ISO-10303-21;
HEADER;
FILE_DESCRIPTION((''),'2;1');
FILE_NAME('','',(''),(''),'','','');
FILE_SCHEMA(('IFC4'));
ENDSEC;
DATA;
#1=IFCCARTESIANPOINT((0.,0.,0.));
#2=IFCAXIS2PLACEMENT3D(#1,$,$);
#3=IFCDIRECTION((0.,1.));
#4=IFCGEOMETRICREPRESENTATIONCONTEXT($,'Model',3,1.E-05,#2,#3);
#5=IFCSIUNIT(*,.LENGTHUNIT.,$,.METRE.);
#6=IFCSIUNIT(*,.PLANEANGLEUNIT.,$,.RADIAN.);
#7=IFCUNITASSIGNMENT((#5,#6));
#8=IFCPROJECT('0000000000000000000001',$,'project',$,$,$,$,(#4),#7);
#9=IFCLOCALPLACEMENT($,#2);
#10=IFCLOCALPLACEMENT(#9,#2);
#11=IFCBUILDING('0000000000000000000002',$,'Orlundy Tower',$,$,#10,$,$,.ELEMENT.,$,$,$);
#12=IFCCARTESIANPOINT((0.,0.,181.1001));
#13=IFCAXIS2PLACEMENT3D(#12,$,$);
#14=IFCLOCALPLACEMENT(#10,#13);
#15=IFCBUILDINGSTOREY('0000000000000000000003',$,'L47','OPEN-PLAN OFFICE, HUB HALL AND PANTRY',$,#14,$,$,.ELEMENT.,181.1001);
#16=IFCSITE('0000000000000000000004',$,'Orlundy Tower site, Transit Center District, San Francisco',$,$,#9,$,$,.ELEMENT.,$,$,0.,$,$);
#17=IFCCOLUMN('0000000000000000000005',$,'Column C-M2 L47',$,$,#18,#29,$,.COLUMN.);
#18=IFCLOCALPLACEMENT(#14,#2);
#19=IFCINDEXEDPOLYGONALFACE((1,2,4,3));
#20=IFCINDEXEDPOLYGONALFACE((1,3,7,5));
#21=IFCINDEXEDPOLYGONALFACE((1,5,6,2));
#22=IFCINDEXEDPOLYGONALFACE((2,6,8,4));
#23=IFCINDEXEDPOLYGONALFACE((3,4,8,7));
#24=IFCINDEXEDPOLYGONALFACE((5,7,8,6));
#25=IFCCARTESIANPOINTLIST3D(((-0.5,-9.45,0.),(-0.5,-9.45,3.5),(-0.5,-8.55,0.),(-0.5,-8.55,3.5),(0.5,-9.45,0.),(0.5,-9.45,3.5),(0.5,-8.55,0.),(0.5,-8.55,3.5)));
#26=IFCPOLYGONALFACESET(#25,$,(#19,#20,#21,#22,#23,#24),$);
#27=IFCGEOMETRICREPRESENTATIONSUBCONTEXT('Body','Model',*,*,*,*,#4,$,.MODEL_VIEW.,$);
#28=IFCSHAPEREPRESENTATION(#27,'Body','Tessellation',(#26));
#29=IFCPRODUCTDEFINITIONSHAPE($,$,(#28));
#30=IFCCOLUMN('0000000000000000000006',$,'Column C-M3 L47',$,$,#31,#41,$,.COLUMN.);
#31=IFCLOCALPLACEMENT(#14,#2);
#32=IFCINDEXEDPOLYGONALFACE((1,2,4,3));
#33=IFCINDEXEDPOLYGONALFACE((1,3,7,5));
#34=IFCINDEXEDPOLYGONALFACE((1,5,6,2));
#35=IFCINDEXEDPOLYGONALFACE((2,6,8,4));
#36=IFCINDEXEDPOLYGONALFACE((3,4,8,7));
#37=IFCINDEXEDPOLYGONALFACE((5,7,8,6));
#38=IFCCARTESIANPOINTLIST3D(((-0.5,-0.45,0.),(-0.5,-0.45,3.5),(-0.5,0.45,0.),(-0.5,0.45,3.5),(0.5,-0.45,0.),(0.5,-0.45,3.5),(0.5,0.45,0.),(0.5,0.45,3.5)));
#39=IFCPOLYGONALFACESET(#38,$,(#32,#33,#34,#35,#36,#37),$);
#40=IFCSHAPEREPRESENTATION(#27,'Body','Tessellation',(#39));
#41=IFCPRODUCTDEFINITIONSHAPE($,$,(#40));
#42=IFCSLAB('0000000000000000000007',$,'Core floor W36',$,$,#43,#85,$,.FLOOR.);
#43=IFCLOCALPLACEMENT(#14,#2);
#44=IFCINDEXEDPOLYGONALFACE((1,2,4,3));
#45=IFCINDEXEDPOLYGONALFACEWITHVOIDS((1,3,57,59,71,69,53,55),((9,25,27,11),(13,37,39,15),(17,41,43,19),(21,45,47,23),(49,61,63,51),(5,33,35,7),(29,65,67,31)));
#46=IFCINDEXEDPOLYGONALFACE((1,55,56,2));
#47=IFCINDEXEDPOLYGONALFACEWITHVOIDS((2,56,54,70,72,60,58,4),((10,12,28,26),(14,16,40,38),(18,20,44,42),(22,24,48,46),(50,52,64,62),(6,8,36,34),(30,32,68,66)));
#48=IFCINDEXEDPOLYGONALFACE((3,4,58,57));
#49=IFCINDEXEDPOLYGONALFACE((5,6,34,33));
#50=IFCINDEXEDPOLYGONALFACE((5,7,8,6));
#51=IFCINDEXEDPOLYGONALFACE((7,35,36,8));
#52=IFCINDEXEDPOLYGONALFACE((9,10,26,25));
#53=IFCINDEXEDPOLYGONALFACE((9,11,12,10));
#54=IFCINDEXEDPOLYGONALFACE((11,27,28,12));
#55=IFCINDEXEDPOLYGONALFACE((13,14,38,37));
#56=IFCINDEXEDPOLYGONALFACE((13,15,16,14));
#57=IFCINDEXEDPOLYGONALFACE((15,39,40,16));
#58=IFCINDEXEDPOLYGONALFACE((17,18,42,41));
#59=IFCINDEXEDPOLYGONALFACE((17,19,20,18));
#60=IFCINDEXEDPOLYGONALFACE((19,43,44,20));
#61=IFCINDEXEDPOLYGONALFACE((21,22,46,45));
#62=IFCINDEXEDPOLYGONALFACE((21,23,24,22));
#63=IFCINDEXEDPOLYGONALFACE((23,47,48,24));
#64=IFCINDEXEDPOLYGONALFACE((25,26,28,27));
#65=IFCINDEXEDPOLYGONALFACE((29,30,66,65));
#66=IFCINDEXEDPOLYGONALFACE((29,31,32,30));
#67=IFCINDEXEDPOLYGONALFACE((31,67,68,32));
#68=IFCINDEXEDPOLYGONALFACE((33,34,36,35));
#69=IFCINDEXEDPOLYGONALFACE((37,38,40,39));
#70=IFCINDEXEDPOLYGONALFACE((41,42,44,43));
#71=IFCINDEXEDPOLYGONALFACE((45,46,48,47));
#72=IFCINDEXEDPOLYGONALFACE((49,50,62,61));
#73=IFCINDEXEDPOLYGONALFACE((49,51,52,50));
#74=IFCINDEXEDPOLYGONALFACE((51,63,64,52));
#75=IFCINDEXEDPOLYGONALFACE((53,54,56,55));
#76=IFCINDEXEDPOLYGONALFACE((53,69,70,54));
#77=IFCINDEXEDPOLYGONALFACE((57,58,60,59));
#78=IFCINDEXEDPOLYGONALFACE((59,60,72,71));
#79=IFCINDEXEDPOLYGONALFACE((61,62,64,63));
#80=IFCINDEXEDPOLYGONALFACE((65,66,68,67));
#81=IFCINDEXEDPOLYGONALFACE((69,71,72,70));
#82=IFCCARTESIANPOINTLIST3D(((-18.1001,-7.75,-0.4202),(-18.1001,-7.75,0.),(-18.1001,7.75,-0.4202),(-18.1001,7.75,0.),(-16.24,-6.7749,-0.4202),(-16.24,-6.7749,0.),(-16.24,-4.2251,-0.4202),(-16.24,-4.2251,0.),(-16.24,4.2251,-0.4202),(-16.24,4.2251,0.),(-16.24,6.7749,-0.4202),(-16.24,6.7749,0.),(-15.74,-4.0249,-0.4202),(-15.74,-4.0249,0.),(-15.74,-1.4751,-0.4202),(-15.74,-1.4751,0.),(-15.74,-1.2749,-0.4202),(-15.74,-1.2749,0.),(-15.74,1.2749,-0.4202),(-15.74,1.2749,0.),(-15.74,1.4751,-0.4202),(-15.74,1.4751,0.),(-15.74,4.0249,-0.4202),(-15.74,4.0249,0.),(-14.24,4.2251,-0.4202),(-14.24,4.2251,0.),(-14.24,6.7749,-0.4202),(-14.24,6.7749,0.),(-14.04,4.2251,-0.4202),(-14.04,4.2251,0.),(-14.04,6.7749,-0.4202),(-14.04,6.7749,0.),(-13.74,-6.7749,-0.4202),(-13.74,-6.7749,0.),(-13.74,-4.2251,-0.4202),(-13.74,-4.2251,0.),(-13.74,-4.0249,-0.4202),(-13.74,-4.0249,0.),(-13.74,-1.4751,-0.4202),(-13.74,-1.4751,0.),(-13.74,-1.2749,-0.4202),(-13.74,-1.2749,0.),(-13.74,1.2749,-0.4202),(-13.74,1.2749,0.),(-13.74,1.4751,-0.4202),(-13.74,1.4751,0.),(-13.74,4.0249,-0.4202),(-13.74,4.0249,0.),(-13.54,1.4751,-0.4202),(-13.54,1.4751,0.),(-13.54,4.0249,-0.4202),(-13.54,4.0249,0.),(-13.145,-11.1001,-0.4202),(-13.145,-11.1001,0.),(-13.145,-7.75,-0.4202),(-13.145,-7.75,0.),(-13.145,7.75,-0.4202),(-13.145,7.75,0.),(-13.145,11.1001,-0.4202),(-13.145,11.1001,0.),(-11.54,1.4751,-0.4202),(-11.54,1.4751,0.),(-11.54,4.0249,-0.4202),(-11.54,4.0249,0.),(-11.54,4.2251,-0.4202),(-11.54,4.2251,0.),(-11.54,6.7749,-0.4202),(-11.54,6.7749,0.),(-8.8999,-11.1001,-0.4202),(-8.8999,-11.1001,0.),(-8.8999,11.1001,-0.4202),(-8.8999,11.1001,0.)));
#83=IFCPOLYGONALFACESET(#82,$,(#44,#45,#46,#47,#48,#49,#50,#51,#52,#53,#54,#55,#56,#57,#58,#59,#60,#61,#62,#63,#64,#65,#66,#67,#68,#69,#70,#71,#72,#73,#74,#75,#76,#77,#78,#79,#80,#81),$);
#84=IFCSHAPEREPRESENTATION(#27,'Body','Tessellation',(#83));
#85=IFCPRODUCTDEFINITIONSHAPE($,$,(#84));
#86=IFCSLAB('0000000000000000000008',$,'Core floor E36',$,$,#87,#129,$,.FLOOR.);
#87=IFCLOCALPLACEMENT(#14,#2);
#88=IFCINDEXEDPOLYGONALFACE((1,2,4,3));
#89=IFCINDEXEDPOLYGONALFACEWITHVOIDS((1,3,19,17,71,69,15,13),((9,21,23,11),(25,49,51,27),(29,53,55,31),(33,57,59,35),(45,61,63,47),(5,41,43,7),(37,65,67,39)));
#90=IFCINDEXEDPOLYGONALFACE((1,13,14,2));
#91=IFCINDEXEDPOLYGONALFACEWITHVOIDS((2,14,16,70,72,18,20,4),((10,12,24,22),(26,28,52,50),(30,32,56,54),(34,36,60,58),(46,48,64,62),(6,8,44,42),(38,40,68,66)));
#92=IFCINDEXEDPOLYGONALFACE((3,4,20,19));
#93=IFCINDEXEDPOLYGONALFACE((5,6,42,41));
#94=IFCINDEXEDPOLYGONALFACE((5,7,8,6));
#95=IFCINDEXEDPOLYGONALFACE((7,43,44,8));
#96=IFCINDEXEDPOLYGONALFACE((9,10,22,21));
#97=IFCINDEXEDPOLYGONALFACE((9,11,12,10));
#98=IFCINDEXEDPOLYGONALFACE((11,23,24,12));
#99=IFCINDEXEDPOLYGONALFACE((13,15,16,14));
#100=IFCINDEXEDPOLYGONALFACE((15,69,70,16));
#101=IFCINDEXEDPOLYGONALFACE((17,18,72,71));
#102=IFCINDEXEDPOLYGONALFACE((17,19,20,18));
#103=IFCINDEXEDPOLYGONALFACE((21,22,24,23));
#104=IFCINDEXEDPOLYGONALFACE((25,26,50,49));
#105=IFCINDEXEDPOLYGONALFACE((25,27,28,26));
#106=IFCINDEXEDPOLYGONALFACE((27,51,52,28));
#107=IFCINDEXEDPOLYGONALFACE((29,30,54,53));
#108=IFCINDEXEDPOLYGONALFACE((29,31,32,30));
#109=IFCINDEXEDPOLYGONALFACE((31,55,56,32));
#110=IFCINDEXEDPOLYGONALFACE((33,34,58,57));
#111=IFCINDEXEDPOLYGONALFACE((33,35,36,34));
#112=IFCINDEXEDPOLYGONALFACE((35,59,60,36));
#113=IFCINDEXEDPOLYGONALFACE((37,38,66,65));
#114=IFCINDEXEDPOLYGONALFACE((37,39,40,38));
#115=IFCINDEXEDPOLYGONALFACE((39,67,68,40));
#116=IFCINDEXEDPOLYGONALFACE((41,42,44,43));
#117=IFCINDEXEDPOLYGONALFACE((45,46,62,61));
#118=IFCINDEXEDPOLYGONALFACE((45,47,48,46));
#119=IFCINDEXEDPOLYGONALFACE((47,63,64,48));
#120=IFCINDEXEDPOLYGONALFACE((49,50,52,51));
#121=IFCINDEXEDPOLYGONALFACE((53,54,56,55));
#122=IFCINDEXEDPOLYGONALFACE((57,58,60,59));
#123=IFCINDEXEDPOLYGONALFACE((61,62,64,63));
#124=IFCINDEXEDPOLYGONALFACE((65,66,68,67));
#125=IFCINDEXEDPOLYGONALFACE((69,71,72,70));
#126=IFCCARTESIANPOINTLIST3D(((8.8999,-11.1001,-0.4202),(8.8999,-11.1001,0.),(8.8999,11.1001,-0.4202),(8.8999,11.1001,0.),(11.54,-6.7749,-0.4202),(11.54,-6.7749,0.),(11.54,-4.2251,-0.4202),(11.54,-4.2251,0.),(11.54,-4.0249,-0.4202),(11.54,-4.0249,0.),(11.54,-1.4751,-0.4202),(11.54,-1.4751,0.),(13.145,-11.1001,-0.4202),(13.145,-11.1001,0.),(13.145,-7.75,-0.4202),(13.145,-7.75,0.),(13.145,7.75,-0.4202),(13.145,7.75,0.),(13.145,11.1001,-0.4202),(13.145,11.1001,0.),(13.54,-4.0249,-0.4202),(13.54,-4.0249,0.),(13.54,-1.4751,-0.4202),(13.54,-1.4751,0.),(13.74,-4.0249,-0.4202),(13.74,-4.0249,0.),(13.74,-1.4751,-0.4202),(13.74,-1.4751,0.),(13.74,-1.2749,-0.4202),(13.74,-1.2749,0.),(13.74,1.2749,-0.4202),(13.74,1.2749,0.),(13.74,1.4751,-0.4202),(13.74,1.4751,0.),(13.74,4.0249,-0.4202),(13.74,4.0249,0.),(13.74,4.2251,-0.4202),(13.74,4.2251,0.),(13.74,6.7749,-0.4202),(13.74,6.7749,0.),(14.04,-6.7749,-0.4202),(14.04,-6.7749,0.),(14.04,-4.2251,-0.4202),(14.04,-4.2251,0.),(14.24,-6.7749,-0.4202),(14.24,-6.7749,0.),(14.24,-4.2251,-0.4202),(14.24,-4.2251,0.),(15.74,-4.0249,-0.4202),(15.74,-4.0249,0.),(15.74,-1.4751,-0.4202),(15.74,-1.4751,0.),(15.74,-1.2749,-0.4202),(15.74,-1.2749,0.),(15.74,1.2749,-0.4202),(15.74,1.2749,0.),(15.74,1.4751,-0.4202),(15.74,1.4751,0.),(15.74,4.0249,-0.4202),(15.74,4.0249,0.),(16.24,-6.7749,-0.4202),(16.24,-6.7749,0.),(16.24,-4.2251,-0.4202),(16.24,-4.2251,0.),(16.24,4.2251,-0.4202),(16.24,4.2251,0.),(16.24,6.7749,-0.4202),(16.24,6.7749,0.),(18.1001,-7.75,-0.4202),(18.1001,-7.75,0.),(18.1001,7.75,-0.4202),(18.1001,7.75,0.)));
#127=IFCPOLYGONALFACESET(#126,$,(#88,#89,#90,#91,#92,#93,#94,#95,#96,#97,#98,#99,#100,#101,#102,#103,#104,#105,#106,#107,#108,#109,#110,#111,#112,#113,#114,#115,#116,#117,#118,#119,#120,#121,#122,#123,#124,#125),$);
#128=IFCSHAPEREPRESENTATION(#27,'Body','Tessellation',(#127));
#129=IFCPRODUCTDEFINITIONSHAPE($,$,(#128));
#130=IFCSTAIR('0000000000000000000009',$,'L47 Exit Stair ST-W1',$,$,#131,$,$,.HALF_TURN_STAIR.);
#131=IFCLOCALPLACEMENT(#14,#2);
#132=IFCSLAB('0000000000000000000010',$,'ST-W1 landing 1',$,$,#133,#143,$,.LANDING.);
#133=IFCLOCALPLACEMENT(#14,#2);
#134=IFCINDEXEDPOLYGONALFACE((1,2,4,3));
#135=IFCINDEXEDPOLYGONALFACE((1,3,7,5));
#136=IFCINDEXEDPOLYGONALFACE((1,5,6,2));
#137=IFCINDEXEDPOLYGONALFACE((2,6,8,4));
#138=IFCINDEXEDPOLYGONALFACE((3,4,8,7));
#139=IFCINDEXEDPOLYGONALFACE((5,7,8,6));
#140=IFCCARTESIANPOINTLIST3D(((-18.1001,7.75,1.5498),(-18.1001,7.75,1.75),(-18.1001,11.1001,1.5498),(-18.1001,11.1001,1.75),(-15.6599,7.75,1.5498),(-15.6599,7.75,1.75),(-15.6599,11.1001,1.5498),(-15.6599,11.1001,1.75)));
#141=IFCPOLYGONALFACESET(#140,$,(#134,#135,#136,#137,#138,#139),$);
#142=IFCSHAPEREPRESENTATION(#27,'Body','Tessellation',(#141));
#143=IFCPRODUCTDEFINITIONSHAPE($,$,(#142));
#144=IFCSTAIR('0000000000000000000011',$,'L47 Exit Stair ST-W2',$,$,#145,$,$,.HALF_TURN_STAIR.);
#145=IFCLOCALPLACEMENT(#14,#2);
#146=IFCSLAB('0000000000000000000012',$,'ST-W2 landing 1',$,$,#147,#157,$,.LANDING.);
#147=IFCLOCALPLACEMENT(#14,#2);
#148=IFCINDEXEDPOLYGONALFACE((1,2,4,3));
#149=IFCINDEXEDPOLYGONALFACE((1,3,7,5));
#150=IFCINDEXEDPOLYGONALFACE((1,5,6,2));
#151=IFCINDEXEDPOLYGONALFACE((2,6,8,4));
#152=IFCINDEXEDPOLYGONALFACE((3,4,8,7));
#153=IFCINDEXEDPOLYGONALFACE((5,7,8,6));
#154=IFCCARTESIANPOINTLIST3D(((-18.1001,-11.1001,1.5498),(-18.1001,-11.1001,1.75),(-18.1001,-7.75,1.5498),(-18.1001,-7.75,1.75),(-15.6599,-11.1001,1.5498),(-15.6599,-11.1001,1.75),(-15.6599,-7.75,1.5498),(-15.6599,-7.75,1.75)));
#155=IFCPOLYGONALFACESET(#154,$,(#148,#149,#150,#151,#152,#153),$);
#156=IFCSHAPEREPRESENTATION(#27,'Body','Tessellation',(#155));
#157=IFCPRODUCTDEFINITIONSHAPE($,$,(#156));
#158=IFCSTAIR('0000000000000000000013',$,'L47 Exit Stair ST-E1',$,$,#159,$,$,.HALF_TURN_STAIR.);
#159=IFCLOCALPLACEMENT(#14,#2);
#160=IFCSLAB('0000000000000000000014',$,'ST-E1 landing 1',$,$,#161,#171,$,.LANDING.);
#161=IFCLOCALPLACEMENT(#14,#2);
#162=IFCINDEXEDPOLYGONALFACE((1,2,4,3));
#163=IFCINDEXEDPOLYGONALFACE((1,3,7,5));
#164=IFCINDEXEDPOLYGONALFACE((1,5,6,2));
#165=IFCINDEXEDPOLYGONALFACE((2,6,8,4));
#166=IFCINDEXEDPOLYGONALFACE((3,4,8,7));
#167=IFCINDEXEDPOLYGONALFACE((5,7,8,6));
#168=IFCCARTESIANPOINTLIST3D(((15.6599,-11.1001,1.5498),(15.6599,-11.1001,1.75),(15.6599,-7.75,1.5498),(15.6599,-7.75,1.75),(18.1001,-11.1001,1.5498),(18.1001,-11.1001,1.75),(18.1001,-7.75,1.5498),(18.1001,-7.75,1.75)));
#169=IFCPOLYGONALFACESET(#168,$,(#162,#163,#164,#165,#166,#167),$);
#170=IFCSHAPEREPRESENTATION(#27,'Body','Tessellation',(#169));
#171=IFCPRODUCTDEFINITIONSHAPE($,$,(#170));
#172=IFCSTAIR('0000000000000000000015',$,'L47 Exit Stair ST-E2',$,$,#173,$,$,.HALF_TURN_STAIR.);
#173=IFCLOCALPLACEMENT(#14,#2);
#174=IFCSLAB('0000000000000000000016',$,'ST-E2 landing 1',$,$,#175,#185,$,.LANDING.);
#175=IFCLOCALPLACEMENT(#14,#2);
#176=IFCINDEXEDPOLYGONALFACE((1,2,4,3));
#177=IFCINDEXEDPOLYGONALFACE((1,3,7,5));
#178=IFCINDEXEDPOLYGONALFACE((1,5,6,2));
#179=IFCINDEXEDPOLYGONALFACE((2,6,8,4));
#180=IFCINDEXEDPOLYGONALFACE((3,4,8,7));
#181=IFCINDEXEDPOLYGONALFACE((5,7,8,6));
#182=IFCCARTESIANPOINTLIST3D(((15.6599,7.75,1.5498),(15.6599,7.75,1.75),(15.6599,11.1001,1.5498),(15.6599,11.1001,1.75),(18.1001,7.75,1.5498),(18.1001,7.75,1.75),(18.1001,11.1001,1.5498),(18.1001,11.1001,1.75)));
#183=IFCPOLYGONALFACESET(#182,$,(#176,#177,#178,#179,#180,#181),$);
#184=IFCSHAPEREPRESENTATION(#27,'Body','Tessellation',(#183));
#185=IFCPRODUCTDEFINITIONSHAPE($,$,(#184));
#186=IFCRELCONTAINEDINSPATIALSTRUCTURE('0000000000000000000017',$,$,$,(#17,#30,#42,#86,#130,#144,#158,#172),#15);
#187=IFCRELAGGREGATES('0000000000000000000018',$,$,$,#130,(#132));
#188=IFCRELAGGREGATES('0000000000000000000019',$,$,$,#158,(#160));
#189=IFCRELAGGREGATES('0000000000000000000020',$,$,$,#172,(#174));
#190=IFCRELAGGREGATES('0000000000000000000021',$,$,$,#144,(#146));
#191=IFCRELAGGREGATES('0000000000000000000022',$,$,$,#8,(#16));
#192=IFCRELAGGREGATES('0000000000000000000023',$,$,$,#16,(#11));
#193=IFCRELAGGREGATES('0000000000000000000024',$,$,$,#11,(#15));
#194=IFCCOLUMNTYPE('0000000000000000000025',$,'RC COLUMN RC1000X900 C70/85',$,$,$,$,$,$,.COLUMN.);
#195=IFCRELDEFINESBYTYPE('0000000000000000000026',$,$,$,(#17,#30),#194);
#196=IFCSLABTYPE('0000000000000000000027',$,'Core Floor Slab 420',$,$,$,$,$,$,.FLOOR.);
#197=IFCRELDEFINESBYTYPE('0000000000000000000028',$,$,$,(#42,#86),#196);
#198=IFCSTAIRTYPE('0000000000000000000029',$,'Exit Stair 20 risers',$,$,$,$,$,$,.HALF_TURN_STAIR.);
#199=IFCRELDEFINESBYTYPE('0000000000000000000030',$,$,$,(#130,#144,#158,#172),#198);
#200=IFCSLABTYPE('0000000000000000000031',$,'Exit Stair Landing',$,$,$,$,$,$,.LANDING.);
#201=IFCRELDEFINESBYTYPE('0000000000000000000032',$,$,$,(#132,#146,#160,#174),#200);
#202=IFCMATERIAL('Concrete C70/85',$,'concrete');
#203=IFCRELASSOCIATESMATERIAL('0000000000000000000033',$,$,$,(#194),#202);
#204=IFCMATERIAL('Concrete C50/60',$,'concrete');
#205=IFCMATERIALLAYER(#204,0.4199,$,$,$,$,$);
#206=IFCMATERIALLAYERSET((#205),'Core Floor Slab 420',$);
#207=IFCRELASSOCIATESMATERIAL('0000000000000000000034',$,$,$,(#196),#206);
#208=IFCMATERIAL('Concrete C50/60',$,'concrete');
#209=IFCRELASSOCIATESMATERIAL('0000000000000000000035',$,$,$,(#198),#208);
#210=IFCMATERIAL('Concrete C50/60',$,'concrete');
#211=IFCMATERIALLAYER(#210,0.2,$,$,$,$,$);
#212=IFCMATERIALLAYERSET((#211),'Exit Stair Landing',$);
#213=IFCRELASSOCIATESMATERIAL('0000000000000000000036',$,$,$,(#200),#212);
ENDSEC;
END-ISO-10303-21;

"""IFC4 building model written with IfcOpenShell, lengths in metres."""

from ifc_helpers import new_model, si_unit, direction, frame, origin, origin_2d, place, context, subcontext, project, spatial, polyline, rectangle, outline, extrude, material, layer, layer_set, material_profile, profile_set, type_object, element, aggregate, save


model = new_model("IFC4")

# Units and contexts
model_context = context("Model", 3, precision=1e-05, world=origin(), true_north=direction((0.0, 1.0)))
body_context = subcontext(model_context, "Body", "Model", "MODEL_VIEW")
ifc_project = project(units=[si_unit("LENGTHUNIT", "METRE"), si_unit("PLANEANGLEUNIT", "RADIAN")], contexts=[model_context])

# Site, building, storey
site_placement = place(None, origin())
site = spatial("IfcSite", under=ifc_project, at=site_placement, Name="Orlundy Tower site, Transit Center District, San Francisco", CompositionType="ELEMENT", RefElevation=0.0)
building_placement = place(site_placement, origin())
building = spatial("IfcBuilding", under=site, at=building_placement, Name="Orlundy Tower", CompositionType="ELEMENT")
storey_placement = place(building_placement, frame((0.0, 0.0, 181.1001)))
storey = spatial("IfcBuildingStorey", under=building, at=storey_placement, Name="L47", Description="OPEN-PLAN OFFICE, HUB HALL AND PANTRY", CompositionType="ELEMENT", Elevation=181.1001)

# Columns
ifc_material_1 = material(Name="Concrete C70/85", Category="concrete")
ifc_material_profile = material_profile(ifc_material_1, rectangle(XDim=1.0, YDim=0.8999, at=origin_2d()), Name="RC1000X900")
ifc_profile_set = profile_set([ifc_material_profile], Name="Concrete C70/85")
column_type = type_object("IfcColumnType", Name="RC COLUMN RC1000X900 C70/85", PredefinedType="COLUMN", material=ifc_profile_set)
for number, where, z_axis, x_axis, name in (
    (1, (0.0, -9.0, 0.0), (0.0, 0.0, 1.0), (1.0, 0.0, 0.0), "Column C-M2 L47"),
    (2, (0.0, 0.0, 0.0), (0.0, 0.0, 1.0), (1.0, 0.0, 0.0), "Column C-M3 L47"),
):
    element("IfcColumn", number, at=place(storey_placement, frame(where, z_axis=z_axis, x_axis=x_axis)), inside=storey, type_object=column_type, Name=name, PredefinedType="COLUMN", context=body_context, shape_type="SweptSolid", body=[
        extrude(rectangle(XDim=1.0, YDim=0.8999, at=origin_2d()), origin(), (0.0, 0.0, 1.0), 3.5),
    ])

# Slabs
ifc_material_2 = material(Name="Concrete C50/60", Category="concrete")
ifc_layer_1 = layer(ifc_material_2, 0.4199)
ifc_layer_set_1 = layer_set([ifc_layer_1], Name="Core Floor Slab 420")
slab_type_1 = type_object("IfcSlabType", Name="Core Floor Slab 420", PredefinedType="FLOOR", material=ifc_layer_set_1)
slab_1_placement = place(storey_placement, frame((0.0, 0.0, -0.4202)))
element("IfcSlab", 3, at=slab_1_placement, inside=storey, type_object=slab_type_1, Name="Core floor W36", PredefinedType="FLOOR", context=body_context, shape_type="SweptSolid", body=[
    extrude(outline(polyline([(-13.145, -11.1001), (-13.145, -7.75), (-18.1001, -7.75), (-18.1001, 7.75), (-13.145, 7.75), (-13.145, 11.1001), (-8.8999, 11.1001), (-8.8999, -11.1001), (-13.145, -11.1001)]), holes=[polyline([(-13.74, -4.2251), (-16.24, -4.2251), (-16.24, -6.7749), (-13.74, -6.7749), (-13.74, -4.2251)]), polyline([(-13.74, -4.0249), (-13.74, -1.4751), (-15.74, -1.4751), (-15.74, -4.0249), (-13.74, -4.0249)]), polyline([(-15.74, -1.2749), (-13.74, -1.2749), (-13.74, 1.2749), (-15.74, 1.2749), (-15.74, -1.2749)]), polyline([(-13.54, 4.0249), (-13.54, 1.4751), (-11.54, 1.4751), (-11.54, 4.0249), (-13.54, 4.0249)]), polyline([(-13.74, 4.0249), (-15.74, 4.0249), (-15.74, 1.4751), (-13.74, 1.4751), (-13.74, 4.0249)]), polyline([(-11.54, 4.2251), (-11.54, 6.7749), (-14.04, 6.7749), (-14.04, 4.2251), (-11.54, 4.2251)]), polyline([(-16.24, 4.2251), (-14.24, 4.2251), (-14.24, 6.7749), (-16.24, 6.7749), (-16.24, 4.2251)])]), origin(), (0.0, 0.0, 1.0), 0.4202),
])
slab_2_placement = place(storey_placement, frame((0.0, 0.0, -0.4202)))
element("IfcSlab", 4, at=slab_2_placement, inside=storey, type_object=slab_type_1, Name="Core floor E36", PredefinedType="FLOOR", context=body_context, shape_type="SweptSolid", body=[
    extrude(outline(polyline([(13.145, 11.1001), (13.145, 7.75), (18.1001, 7.75), (18.1001, -7.75), (13.145, -7.75), (13.145, -11.1001), (8.8999, -11.1001), (8.8999, 11.1001), (13.145, 11.1001)]), holes=[polyline([(13.74, 4.2251), (16.24, 4.2251), (16.24, 6.7749), (13.74, 6.7749), (13.74, 4.2251)]), polyline([(13.74, 4.0249), (13.74, 1.4751), (15.74, 1.4751), (15.74, 4.0249), (13.74, 4.0249)]), polyline([(15.74, 1.2749), (13.74, 1.2749), (13.74, -1.2749), (15.74, -1.2749), (15.74, 1.2749)]), polyline([(13.54, -4.0249), (13.54, -1.4751), (11.54, -1.4751), (11.54, -4.0249), (13.54, -4.0249)]), polyline([(13.74, -4.0249), (15.74, -4.0249), (15.74, -1.4751), (13.74, -1.4751), (13.74, -4.0249)]), polyline([(11.54, -4.2251), (11.54, -6.7749), (14.04, -6.7749), (14.04, -4.2251), (11.54, -4.2251)]), polyline([(16.24, -4.2251), (14.24, -4.2251), (14.24, -6.7749), (16.24, -6.7749), (16.24, -4.2251)])]), origin(), (0.0, 0.0, 1.0), 0.4202),
])

# Stairs, slabs
ifc_material_3 = material(Name="Concrete C50/60", Category="concrete")
stair_type = type_object("IfcStairType", Name="Exit Stair 20 risers", PredefinedType="HALF_TURN_STAIR", material=ifc_material_3)
stair_1_placement = place(storey_placement, origin())
stair_1 = element("IfcStair", 5, at=stair_1_placement, inside=storey, type_object=stair_type, Name="L47 Exit Stair ST-W1", PredefinedType="HALF_TURN_STAIR")
ifc_material_4 = material(Name="Concrete C50/60", Category="concrete")
ifc_layer_2 = layer(ifc_material_4, 0.2)
ifc_layer_set_2 = layer_set([ifc_layer_2], Name="Exit Stair Landing")
slab_type_2 = type_object("IfcSlabType", Name="Exit Stair Landing", PredefinedType="LANDING", material=ifc_layer_set_2)
slab_3_placement = place(storey_placement, frame((0.0, 0.0, 1.5498)))
slab_3 = element("IfcSlab", 6, at=slab_3_placement, type_object=slab_type_2, Name="ST-W1 landing 1", PredefinedType="LANDING", context=body_context, shape_type="SweptSolid", body=[
    extrude(outline(polyline([(-15.6599, 11.1001), (-18.1001, 11.1001), (-18.1001, 7.75), (-15.6599, 7.75), (-15.6599, 11.1001)])), origin(), (0.0, 0.0, 1.0), 0.2002),
])
aggregate(stair_1, [slab_3])
stair_2_placement = place(storey_placement, origin())
stair_2 = element("IfcStair", 7, at=stair_2_placement, inside=storey, type_object=stair_type, Name="L47 Exit Stair ST-W2", PredefinedType="HALF_TURN_STAIR")
slab_4_placement = place(storey_placement, frame((0.0, 0.0, 1.5498)))
slab_4 = element("IfcSlab", 8, at=slab_4_placement, type_object=slab_type_2, Name="ST-W2 landing 1", PredefinedType="LANDING", context=body_context, shape_type="SweptSolid", body=[
    extrude(outline(polyline([(-15.6599, -7.75), (-18.1001, -7.75), (-18.1001, -11.1001), (-15.6599, -11.1001), (-15.6599, -7.75)])), origin(), (0.0, 0.0, 1.0), 0.2002),
])
stair_3_placement = place(storey_placement, origin())
stair_3 = element("IfcStair", 9, at=stair_3_placement, inside=storey, type_object=stair_type, Name="L47 Exit Stair ST-E1", PredefinedType="HALF_TURN_STAIR")
slab_5_placement = place(storey_placement, frame((0.0, 0.0, 1.5498)))
slab_5 = element("IfcSlab", 10, at=slab_5_placement, type_object=slab_type_2, Name="ST-E1 landing 1", PredefinedType="LANDING", context=body_context, shape_type="SweptSolid", body=[
    extrude(outline(polyline([(15.6599, -11.1001), (18.1001, -11.1001), (18.1001, -7.75), (15.6599, -7.75), (15.6599, -11.1001)])), origin(), (0.0, 0.0, 1.0), 0.2002),
])
aggregate(stair_3, [slab_5])
stair_4_placement = place(storey_placement, origin())
stair_4 = element("IfcStair", 11, at=stair_4_placement, inside=storey, type_object=stair_type, Name="L47 Exit Stair ST-E2", PredefinedType="HALF_TURN_STAIR")
slab_6_placement = place(storey_placement, frame((0.0, 0.0, 1.5498)))
slab_6 = element("IfcSlab", 12, at=slab_6_placement, type_object=slab_type_2, Name="ST-E2 landing 1", PredefinedType="LANDING", context=body_context, shape_type="SweptSolid", body=[
    extrude(outline(polyline([(15.6599, 7.75), (18.1001, 7.75), (18.1001, 11.1001), (15.6599, 11.1001), (15.6599, 7.75)])), origin(), (0.0, 0.0, 1.0), 0.2002),
])
aggregate(stair_4, [slab_6])

aggregate(stair_2, [slab_4])

save(model, "model.ifc")
